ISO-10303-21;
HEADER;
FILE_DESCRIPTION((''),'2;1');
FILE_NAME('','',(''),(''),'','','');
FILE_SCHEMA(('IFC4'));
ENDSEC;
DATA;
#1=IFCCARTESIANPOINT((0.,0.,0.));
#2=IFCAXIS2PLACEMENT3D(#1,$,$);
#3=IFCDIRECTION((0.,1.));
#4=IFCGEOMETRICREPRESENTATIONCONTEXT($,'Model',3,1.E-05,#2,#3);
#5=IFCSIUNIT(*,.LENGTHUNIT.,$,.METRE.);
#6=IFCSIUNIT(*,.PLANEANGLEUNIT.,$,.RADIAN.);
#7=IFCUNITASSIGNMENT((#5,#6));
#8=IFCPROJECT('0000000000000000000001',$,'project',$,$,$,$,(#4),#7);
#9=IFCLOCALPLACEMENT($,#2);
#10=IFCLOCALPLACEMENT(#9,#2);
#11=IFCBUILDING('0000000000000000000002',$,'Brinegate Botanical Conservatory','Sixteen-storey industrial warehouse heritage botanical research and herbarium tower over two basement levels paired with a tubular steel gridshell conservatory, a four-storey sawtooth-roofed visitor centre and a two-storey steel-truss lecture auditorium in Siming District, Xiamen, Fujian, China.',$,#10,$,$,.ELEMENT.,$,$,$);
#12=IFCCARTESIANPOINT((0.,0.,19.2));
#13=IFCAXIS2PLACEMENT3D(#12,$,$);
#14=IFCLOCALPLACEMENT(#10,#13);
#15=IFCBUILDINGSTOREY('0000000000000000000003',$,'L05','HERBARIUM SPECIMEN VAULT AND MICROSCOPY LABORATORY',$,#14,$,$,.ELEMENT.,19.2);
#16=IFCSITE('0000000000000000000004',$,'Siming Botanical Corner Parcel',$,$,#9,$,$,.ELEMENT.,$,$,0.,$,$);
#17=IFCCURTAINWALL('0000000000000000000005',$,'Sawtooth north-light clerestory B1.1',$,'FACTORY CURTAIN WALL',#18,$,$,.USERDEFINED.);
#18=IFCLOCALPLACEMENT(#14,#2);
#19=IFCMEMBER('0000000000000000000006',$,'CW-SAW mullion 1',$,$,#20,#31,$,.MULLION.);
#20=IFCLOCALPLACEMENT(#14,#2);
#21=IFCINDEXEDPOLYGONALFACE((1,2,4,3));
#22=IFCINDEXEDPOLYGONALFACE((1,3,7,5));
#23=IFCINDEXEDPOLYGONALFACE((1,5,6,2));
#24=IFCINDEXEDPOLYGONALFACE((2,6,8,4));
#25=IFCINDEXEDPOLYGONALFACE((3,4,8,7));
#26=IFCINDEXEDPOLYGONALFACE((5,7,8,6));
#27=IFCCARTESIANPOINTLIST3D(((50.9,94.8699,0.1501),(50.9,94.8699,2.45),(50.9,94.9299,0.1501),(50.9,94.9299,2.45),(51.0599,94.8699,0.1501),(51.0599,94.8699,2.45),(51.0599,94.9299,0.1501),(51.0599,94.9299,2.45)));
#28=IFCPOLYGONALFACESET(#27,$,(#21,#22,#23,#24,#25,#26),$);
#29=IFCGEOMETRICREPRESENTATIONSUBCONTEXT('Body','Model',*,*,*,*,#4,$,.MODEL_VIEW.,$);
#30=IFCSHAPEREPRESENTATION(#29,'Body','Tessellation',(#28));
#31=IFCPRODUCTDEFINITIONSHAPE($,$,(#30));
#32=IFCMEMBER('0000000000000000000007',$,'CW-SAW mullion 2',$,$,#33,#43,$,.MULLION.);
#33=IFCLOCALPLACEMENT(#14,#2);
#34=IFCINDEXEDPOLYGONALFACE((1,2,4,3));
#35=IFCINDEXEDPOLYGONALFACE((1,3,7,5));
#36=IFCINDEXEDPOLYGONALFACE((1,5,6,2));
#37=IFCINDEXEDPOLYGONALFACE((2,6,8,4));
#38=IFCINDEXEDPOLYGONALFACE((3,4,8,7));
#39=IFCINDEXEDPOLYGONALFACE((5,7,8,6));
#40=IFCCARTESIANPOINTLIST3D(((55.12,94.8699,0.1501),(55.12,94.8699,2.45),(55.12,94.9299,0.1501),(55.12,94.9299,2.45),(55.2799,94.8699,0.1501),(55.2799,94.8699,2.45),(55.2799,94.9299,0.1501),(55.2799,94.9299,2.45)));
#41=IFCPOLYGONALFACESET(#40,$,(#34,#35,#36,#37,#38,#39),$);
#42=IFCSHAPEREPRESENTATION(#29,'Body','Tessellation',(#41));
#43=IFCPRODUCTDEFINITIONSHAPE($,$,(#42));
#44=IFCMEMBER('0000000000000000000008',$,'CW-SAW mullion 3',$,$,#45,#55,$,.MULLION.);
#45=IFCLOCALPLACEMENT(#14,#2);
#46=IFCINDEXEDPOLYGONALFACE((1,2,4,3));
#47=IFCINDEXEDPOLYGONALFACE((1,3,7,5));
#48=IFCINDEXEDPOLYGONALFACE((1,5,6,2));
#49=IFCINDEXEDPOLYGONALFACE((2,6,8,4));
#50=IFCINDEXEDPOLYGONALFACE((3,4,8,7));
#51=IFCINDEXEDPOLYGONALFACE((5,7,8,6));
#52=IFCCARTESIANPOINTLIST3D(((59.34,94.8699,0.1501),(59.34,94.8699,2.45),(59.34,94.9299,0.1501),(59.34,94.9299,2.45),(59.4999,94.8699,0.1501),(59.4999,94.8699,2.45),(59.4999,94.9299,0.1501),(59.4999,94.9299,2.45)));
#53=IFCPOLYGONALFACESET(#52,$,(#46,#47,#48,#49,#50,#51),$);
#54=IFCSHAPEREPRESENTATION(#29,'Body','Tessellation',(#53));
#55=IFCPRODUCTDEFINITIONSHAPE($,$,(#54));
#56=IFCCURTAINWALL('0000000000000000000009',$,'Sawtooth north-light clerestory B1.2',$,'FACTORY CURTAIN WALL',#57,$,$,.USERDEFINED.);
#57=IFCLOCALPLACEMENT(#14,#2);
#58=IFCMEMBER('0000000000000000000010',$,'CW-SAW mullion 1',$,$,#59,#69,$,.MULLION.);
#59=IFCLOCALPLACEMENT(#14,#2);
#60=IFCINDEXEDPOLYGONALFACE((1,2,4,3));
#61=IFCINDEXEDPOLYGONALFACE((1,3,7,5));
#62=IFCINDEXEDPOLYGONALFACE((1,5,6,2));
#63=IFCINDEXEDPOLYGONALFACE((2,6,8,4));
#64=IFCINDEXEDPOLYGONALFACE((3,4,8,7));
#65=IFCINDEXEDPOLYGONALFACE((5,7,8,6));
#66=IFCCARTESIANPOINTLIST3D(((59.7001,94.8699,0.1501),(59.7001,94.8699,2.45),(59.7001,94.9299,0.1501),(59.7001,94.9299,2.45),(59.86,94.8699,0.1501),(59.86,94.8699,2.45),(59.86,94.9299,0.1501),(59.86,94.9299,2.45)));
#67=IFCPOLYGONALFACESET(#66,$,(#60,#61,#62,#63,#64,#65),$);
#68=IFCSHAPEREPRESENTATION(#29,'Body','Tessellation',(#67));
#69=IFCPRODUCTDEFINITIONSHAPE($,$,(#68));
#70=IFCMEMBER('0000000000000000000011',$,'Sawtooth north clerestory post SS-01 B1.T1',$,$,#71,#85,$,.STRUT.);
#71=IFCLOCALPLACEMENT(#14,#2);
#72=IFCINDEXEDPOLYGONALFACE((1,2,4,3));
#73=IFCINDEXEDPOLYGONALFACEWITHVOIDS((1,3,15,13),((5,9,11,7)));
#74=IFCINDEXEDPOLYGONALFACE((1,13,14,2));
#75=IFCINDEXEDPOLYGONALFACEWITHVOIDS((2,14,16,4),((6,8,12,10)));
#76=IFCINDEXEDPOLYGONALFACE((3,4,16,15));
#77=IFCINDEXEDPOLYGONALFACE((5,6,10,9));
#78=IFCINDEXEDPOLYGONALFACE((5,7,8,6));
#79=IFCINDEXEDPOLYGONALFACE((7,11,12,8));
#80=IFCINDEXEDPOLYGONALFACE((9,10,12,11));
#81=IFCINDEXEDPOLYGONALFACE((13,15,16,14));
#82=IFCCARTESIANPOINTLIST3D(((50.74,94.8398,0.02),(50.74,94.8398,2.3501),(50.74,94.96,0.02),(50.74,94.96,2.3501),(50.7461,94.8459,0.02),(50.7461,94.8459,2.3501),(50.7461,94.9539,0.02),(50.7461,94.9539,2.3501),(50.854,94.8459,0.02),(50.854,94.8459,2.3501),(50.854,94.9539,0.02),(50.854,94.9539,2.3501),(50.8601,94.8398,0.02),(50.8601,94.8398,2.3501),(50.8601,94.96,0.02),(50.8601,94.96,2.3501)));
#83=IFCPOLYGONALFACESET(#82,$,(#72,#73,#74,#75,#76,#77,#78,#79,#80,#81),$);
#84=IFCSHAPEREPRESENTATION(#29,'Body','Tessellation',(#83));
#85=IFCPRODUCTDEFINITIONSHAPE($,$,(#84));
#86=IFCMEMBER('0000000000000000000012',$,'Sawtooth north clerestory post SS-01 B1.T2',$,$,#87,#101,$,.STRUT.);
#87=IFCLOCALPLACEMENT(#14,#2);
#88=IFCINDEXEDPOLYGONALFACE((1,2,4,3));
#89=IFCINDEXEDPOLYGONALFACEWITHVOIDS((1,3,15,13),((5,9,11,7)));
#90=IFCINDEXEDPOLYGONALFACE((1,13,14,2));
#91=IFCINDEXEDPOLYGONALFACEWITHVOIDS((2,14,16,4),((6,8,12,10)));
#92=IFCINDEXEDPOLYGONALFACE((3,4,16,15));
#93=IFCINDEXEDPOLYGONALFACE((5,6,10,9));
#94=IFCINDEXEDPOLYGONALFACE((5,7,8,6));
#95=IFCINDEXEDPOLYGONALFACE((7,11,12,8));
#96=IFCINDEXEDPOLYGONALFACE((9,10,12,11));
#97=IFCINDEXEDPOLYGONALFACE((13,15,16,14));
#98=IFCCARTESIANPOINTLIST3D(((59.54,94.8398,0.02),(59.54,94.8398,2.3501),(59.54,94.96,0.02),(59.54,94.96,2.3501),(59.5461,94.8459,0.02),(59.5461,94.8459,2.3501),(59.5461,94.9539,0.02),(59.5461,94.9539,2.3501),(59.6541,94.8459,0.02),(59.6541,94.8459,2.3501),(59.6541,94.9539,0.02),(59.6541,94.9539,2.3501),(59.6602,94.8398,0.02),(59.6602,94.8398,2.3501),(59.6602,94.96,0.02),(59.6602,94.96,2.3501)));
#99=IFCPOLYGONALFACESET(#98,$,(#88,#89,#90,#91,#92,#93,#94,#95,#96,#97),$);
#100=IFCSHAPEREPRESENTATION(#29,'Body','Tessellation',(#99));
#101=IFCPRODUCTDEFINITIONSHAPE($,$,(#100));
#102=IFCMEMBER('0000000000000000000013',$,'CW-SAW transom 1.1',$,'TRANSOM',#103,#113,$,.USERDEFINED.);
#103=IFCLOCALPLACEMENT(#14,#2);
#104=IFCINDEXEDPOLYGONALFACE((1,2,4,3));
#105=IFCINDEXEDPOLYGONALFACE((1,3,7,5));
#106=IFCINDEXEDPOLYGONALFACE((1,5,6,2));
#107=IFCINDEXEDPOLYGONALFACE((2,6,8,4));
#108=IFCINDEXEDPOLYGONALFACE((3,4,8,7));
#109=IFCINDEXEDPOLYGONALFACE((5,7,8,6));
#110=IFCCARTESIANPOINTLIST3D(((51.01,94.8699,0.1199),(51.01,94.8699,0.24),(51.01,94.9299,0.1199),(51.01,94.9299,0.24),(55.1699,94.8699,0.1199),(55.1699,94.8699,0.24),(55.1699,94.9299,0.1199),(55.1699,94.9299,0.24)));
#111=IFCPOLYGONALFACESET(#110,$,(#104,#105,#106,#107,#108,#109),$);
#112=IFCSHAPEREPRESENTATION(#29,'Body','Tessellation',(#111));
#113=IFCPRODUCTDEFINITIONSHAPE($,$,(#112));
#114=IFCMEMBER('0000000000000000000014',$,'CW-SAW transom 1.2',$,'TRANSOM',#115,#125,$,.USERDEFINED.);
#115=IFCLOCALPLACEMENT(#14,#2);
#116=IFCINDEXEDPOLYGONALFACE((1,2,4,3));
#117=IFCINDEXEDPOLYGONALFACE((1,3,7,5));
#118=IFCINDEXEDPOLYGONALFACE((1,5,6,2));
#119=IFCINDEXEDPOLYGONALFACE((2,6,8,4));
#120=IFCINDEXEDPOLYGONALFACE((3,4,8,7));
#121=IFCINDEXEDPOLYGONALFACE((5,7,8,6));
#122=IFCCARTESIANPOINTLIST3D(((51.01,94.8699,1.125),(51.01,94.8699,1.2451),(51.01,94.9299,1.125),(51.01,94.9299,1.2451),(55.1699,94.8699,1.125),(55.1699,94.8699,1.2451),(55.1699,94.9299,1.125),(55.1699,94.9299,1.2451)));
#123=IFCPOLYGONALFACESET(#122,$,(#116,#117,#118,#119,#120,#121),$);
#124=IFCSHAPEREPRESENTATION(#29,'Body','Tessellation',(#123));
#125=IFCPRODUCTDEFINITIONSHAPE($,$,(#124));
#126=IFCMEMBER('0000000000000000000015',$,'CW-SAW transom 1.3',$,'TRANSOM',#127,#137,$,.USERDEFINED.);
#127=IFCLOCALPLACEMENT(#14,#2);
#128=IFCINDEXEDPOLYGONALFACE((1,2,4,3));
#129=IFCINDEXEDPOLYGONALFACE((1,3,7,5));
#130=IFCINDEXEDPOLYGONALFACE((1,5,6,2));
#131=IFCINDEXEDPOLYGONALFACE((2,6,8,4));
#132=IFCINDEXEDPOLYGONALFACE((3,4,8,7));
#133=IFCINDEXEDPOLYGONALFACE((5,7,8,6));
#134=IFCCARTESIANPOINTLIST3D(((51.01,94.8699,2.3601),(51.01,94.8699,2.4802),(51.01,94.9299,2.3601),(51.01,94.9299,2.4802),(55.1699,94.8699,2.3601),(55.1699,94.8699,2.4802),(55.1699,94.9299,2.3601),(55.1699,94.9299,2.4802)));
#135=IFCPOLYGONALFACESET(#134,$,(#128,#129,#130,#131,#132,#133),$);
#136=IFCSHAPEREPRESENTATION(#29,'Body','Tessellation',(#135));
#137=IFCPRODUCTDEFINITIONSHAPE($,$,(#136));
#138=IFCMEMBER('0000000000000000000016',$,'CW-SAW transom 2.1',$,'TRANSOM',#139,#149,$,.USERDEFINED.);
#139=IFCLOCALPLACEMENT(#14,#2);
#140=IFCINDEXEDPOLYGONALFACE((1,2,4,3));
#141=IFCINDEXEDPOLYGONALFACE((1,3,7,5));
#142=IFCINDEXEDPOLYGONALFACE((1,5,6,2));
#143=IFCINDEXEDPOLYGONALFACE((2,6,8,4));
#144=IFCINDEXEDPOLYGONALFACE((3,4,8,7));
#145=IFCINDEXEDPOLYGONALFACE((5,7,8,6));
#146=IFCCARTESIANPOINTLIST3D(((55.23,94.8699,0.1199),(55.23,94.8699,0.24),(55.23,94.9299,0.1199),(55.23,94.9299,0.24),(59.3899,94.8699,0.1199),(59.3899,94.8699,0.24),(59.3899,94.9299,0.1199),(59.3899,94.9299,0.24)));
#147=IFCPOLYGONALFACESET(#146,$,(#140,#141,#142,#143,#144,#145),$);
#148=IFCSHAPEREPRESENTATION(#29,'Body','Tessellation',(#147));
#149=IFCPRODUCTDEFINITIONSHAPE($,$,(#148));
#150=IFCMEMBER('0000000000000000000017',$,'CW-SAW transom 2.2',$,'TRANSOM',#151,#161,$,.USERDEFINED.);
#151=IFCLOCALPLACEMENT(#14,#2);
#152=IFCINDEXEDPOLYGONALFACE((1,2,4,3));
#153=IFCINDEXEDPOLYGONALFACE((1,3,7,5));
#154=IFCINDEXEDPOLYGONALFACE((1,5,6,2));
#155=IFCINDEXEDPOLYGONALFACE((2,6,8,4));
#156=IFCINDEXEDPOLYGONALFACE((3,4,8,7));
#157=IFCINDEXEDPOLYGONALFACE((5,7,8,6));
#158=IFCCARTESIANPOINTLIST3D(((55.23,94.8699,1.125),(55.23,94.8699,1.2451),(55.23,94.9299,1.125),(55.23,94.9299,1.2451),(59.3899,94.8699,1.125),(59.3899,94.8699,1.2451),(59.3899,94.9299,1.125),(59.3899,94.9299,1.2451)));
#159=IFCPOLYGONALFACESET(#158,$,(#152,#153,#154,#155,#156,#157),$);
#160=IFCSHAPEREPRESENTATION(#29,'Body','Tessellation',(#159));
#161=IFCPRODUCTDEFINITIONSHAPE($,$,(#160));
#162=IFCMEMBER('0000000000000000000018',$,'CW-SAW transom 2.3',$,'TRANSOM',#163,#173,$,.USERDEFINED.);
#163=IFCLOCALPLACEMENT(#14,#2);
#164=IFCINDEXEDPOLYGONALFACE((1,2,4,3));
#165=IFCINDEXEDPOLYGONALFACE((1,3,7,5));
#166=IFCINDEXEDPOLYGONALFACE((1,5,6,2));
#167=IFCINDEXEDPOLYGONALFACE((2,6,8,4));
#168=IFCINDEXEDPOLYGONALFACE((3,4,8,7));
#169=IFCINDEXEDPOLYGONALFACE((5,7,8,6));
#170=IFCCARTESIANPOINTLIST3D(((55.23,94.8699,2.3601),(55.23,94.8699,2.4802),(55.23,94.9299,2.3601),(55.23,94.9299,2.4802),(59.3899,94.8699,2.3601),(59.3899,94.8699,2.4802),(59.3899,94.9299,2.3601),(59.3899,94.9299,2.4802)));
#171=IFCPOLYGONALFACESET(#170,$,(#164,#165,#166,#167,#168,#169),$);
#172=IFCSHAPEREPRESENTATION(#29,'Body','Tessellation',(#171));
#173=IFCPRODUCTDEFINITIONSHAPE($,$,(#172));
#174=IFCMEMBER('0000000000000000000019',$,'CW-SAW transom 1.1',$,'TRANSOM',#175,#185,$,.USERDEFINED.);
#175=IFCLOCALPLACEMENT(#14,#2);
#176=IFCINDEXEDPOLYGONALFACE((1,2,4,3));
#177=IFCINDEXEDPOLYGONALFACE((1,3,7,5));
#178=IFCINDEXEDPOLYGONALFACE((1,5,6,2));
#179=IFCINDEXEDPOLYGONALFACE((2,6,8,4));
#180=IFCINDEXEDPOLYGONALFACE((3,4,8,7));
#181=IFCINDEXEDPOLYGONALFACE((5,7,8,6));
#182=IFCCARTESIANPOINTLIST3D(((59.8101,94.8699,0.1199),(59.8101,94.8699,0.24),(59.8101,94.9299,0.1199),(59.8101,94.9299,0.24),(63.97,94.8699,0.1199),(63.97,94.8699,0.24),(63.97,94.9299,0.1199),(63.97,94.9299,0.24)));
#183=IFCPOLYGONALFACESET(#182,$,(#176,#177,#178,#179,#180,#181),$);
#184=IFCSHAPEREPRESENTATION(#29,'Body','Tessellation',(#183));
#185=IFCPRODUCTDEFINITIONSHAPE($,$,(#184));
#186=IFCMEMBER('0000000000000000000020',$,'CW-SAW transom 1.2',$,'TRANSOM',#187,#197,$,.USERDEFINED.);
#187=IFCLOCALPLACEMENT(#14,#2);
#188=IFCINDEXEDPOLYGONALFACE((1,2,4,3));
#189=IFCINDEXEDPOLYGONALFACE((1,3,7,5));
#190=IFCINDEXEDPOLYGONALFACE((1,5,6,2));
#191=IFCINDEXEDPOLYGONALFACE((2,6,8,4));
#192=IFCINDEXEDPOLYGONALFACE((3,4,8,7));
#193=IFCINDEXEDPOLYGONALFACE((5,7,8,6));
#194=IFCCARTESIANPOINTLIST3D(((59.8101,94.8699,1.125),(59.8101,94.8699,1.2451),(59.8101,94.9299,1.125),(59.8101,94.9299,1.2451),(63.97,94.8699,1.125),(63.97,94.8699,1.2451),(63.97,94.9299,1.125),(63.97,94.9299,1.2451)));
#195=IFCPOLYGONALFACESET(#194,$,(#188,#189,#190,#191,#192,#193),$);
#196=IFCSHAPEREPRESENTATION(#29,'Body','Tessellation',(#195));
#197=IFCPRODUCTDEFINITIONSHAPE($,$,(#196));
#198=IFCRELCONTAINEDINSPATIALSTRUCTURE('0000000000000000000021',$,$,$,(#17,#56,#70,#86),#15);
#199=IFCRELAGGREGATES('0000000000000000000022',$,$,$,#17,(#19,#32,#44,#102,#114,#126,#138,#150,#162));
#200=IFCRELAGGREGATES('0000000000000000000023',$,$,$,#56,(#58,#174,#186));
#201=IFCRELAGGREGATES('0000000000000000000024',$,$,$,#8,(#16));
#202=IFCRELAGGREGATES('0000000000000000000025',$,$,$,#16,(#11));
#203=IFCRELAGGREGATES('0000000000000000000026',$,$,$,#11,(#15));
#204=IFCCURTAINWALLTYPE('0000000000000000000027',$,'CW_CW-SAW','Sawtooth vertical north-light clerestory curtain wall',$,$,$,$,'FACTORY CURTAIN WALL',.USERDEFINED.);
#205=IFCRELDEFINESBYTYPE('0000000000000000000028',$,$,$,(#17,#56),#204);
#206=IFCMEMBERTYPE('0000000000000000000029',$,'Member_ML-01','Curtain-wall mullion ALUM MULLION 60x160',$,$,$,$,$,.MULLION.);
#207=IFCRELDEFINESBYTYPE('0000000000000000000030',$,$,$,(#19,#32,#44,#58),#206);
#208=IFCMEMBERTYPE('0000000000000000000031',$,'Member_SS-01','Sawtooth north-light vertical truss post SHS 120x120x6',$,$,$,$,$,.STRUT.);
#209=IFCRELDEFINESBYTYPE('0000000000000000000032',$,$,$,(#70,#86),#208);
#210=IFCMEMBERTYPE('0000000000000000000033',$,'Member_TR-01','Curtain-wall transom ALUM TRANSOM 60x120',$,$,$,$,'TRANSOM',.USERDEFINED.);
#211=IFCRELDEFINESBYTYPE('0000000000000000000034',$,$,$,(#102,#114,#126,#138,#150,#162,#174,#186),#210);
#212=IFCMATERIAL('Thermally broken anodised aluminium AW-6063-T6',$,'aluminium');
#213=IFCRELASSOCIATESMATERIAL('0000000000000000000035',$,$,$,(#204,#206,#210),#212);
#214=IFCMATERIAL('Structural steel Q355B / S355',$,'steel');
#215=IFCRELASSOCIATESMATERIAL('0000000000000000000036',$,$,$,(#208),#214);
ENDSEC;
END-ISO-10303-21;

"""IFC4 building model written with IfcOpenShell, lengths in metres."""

from ifc_helpers import new_model, si_unit, direction, frame, origin, origin_2d, place, context, subcontext, project, spatial, rectangle, hollow_rectangle, extrude, material, material_profile, profile_set, type_object, element, aggregate, save


model = new_model("IFC4")

# Units and contexts
model_context = context("Model", 3, precision=1e-05, world=origin(), true_north=direction((0.0, 1.0)))
body_context = subcontext(model_context, "Body", "Model", "MODEL_VIEW")
ifc_project = project(units=[si_unit("LENGTHUNIT", "METRE"), si_unit("PLANEANGLEUNIT", "RADIAN")], contexts=[model_context])

# Site, building, storey
site_placement = place(None, origin())
site = spatial("IfcSite", under=ifc_project, at=site_placement, Name="Siming Botanical Corner Parcel", CompositionType="ELEMENT", RefElevation=0.0)
building_placement = place(site_placement, origin())
building = spatial("IfcBuilding", under=site, at=building_placement, Name="Brinegate Botanical Conservatory", Description="Sixteen-storey industrial warehouse heritage botanical research and herbarium tower over two basement levels paired with a tubular steel gridshell conservatory, a four-storey sawtooth-roofed visitor centre and a two-storey steel-truss lecture auditorium in Siming District, Xiamen, Fujian, China.", CompositionType="ELEMENT")
storey_placement = place(building_placement, frame((0.0, 0.0, 19.2)))
storey = spatial("IfcBuildingStorey", under=building, at=storey_placement, Name="L05", Description="HERBARIUM SPECIMEN VAULT AND MICROSCOPY LABORATORY", CompositionType="ELEMENT", Elevation=19.2)

# Curtain wall, members
ifc_material_1 = material(Name="Thermally broken anodised aluminium AW-6063-T6", Category="aluminium")
curtain_wall_type = type_object("IfcCurtainWallType", Name="CW_CW-SAW", Description="Sawtooth vertical north-light clerestory curtain wall", ElementType="FACTORY CURTAIN WALL", PredefinedType="USERDEFINED", material=ifc_material_1)
curtain_wall_1_placement = place(storey_placement, origin())
curtain_wall_1 = element("IfcCurtainWall", 1, at=curtain_wall_1_placement, inside=storey, type_object=curtain_wall_type, Name="Sawtooth north-light clerestory B1.1", ObjectType="FACTORY CURTAIN WALL", PredefinedType="USERDEFINED")
ifc_material_profile_1 = material_profile(ifc_material_1, rectangle(XDim=0.0601, YDim=0.1599, at=origin_2d()), Name="ALUM MULLION 60x160")
ifc_profile_set_1 = profile_set([ifc_material_profile_1], Name="Thermally broken anodised aluminium AW-6063-T6")
member_type_1 = type_object("IfcMemberType", Name="Member_ML-01", Description="Curtain-wall mullion ALUM MULLION 60x160", PredefinedType="MULLION", material=ifc_profile_set_1)
member_1_placement = place(storey_placement, frame((50.98, 94.8999, 0.1501), z_axis=(0.0, 0.0, 1.0), x_axis=(0.0, 1.0, 0.0)))
member_1 = element("IfcMember", 2, at=member_1_placement, type_object=member_type_1, Name="CW-SAW mullion 1", PredefinedType="MULLION", context=body_context, shape_type="SweptSolid", body=[
    extrude(rectangle(XDim=0.0601, YDim=0.1599, at=origin_2d()), origin(), (0.0, 0.0, 1.0), 2.2998),
])
member_2_placement = place(storey_placement, frame((55.2, 94.8999, 0.1501), z_axis=(0.0, 0.0, 1.0), x_axis=(0.0, 1.0, 0.0)))
member_2 = element("IfcMember", 3, at=member_2_placement, type_object=member_type_1, Name="CW-SAW mullion 2", PredefinedType="MULLION", context=body_context, shape_type="SweptSolid", body=[
    extrude(rectangle(XDim=0.0601, YDim=0.1599, at=origin_2d()), origin(), (0.0, 0.0, 1.0), 2.2998),
])
member_3_placement = place(storey_placement, frame((59.4199, 94.8999, 0.1501), z_axis=(0.0, 0.0, 1.0), x_axis=(0.0, 1.0, 0.0)))
member_3 = element("IfcMember", 4, at=member_3_placement, type_object=member_type_1, Name="CW-SAW mullion 3", PredefinedType="MULLION", context=body_context, shape_type="SweptSolid", body=[
    extrude(rectangle(XDim=0.0601, YDim=0.1599, at=origin_2d()), origin(), (0.0, 0.0, 1.0), 2.2998),
])

# Curtain wall, member
curtain_wall_2_placement = place(storey_placement, origin())
curtain_wall_2 = element("IfcCurtainWall", 5, at=curtain_wall_2_placement, inside=storey, type_object=curtain_wall_type, Name="Sawtooth north-light clerestory B1.2", ObjectType="FACTORY CURTAIN WALL", PredefinedType="USERDEFINED")
member_4_placement = place(storey_placement, frame((59.78, 94.8999, 0.1501), z_axis=(0.0, 0.0, 1.0), x_axis=(0.0, 1.0, 0.0)))
member_4 = element("IfcMember", 6, at=member_4_placement, type_object=member_type_1, Name="CW-SAW mullion 1", PredefinedType="MULLION", context=body_context, shape_type="SweptSolid", body=[
    extrude(rectangle(XDim=0.0601, YDim=0.1599, at=origin_2d()), origin(), (0.0, 0.0, 1.0), 2.2998),
])

# Members
ifc_material_2 = material(Name="Structural steel Q355B / S355", Category="steel")
ifc_material_profile_2 = material_profile(ifc_material_2, hollow_rectangle(XDim=0.1201, YDim=0.1201, WallThickness=0.0061, at=origin_2d()), Name="SHS 120x120x6")
ifc_profile_set_2 = profile_set([ifc_material_profile_2], Name="Structural steel Q355B / S355")
member_type_2 = type_object("IfcMemberType", Name="Member_SS-01", Description="Sawtooth north-light vertical truss post SHS 120x120x6", PredefinedType="STRUT", material=ifc_profile_set_2)
for number, where, z_axis, x_axis, name in (
    (7, (50.8, 94.8999, 0.02), (0.0, 0.0, 1.0), (1.0, 0.0, 0.0), "Sawtooth north clerestory post SS-01 B1.T1"),
    (8, (59.6001, 94.8999, 0.02), (0.0, 0.0, 1.0), (1.0, 0.0, 0.0), "Sawtooth north clerestory post SS-01 B1.T2"),
):
    element("IfcMember", number, at=place(storey_placement, frame(where, z_axis=z_axis, x_axis=x_axis)), inside=storey, type_object=member_type_2, Name=name, PredefinedType="STRUT", context=body_context, shape_type="SweptSolid", body=[
        extrude(hollow_rectangle(XDim=0.1201, YDim=0.1201, WallThickness=0.0061, at=origin_2d()), origin(), (0.0, 0.0, 1.0), 2.3301),
    ])

# Members
ifc_material_profile_3 = material_profile(ifc_material_1, rectangle(XDim=0.0601, YDim=0.1201, at=origin_2d()), Name="ALUM TRANSOM 60x120")
ifc_profile_set_3 = profile_set([ifc_material_profile_3], Name="Thermally broken anodised aluminium AW-6063-T6")
member_type_3 = type_object("IfcMemberType", Name="Member_TR-01", Description="Curtain-wall transom ALUM TRANSOM 60x120", ElementType="TRANSOM", PredefinedType="USERDEFINED", material=ifc_profile_set_3)
member_5_placement = place(storey_placement, frame((51.01, 94.8999, 0.1799), z_axis=(1.0, 0.0, 0.0), x_axis=(0.0, 1.0, 0.0)))
member_5 = element("IfcMember", 9, at=member_5_placement, type_object=member_type_3, Name="CW-SAW transom 1.1", ObjectType="TRANSOM", PredefinedType="USERDEFINED", context=body_context, shape_type="SweptSolid", body=[
    extrude(rectangle(XDim=0.0601, YDim=0.1201, at=origin_2d()), origin(), (0.0, 0.0, 1.0), 4.1599),
])
member_6_placement = place(storey_placement, frame((51.01, 94.8999, 1.1851), z_axis=(1.0, 0.0, 0.0), x_axis=(0.0, 1.0, 0.0)))
member_6 = element("IfcMember", 10, at=member_6_placement, type_object=member_type_3, Name="CW-SAW transom 1.2", ObjectType="TRANSOM", PredefinedType="USERDEFINED", context=body_context, shape_type="SweptSolid", body=[
    extrude(rectangle(XDim=0.0601, YDim=0.1201, at=origin_2d()), origin(), (0.0, 0.0, 1.0), 4.1599),
])
member_7_placement = place(storey_placement, frame((51.01, 94.8999, 2.4202), z_axis=(1.0, 0.0, 0.0), x_axis=(0.0, 1.0, 0.0)))
member_7 = element("IfcMember", 11, at=member_7_placement, type_object=member_type_3, Name="CW-SAW transom 1.3", ObjectType="TRANSOM", PredefinedType="USERDEFINED", context=body_context, shape_type="SweptSolid", body=[
    extrude(rectangle(XDim=0.0601, YDim=0.1201, at=origin_2d()), origin(), (0.0, 0.0, 1.0), 4.1599),
])
member_8_placement = place(storey_placement, frame((55.23, 94.8999, 0.1799), z_axis=(1.0, 0.0, 0.0), x_axis=(0.0, 1.0, 0.0)))
member_8 = element("IfcMember", 12, at=member_8_placement, type_object=member_type_3, Name="CW-SAW transom 2.1", ObjectType="TRANSOM", PredefinedType="USERDEFINED", context=body_context, shape_type="SweptSolid", body=[
    extrude(rectangle(XDim=0.0601, YDim=0.1201, at=origin_2d()), origin(), (0.0, 0.0, 1.0), 4.1599),
])
member_9_placement = place(storey_placement, frame((55.23, 94.8999, 1.1851), z_axis=(1.0, 0.0, 0.0), x_axis=(0.0, 1.0, 0.0)))
member_9 = element("IfcMember", 13, at=member_9_placement, type_object=member_type_3, Name="CW-SAW transom 2.2", ObjectType="TRANSOM", PredefinedType="USERDEFINED", context=body_context, shape_type="SweptSolid", body=[
    extrude(rectangle(XDim=0.0601, YDim=0.1201, at=origin_2d()), origin(), (0.0, 0.0, 1.0), 4.1599),
])
member_10_placement = place(storey_placement, frame((55.23, 94.8999, 2.4202), z_axis=(1.0, 0.0, 0.0), x_axis=(0.0, 1.0, 0.0)))
member_10 = element("IfcMember", 14, at=member_10_placement, type_object=member_type_3, Name="CW-SAW transom 2.3", ObjectType="TRANSOM", PredefinedType="USERDEFINED", context=body_context, shape_type="SweptSolid", body=[
    extrude(rectangle(XDim=0.0601, YDim=0.1201, at=origin_2d()), origin(), (0.0, 0.0, 1.0), 4.1599),
])
member_11_placement = place(storey_placement, frame((59.8101, 94.8999, 0.1799), z_axis=(1.0, 0.0, 0.0), x_axis=(0.0, 1.0, 0.0)))
member_11 = element("IfcMember", 15, at=member_11_placement, type_object=member_type_3, Name="CW-SAW transom 1.1", ObjectType="TRANSOM", PredefinedType="USERDEFINED", context=body_context, shape_type="SweptSolid", body=[
    extrude(rectangle(XDim=0.0601, YDim=0.1201, at=origin_2d()), origin(), (0.0, 0.0, 1.0), 4.1599),
])
member_12_placement = place(storey_placement, frame((59.8101, 94.8999, 1.1851), z_axis=(1.0, 0.0, 0.0), x_axis=(0.0, 1.0, 0.0)))
member_12 = element("IfcMember", 16, at=member_12_placement, type_object=member_type_3, Name="CW-SAW transom 1.2", ObjectType="TRANSOM", PredefinedType="USERDEFINED", context=body_context, shape_type="SweptSolid", body=[
    extrude(rectangle(XDim=0.0601, YDim=0.1201, at=origin_2d()), origin(), (0.0, 0.0, 1.0), 4.1599),
])

aggregate(curtain_wall_1, [member_1, member_2, member_3, member_5, member_6, member_7, member_8, member_9, member_10])
aggregate(curtain_wall_2, [member_4, member_11, member_12])

save(model, "model.ifc")
